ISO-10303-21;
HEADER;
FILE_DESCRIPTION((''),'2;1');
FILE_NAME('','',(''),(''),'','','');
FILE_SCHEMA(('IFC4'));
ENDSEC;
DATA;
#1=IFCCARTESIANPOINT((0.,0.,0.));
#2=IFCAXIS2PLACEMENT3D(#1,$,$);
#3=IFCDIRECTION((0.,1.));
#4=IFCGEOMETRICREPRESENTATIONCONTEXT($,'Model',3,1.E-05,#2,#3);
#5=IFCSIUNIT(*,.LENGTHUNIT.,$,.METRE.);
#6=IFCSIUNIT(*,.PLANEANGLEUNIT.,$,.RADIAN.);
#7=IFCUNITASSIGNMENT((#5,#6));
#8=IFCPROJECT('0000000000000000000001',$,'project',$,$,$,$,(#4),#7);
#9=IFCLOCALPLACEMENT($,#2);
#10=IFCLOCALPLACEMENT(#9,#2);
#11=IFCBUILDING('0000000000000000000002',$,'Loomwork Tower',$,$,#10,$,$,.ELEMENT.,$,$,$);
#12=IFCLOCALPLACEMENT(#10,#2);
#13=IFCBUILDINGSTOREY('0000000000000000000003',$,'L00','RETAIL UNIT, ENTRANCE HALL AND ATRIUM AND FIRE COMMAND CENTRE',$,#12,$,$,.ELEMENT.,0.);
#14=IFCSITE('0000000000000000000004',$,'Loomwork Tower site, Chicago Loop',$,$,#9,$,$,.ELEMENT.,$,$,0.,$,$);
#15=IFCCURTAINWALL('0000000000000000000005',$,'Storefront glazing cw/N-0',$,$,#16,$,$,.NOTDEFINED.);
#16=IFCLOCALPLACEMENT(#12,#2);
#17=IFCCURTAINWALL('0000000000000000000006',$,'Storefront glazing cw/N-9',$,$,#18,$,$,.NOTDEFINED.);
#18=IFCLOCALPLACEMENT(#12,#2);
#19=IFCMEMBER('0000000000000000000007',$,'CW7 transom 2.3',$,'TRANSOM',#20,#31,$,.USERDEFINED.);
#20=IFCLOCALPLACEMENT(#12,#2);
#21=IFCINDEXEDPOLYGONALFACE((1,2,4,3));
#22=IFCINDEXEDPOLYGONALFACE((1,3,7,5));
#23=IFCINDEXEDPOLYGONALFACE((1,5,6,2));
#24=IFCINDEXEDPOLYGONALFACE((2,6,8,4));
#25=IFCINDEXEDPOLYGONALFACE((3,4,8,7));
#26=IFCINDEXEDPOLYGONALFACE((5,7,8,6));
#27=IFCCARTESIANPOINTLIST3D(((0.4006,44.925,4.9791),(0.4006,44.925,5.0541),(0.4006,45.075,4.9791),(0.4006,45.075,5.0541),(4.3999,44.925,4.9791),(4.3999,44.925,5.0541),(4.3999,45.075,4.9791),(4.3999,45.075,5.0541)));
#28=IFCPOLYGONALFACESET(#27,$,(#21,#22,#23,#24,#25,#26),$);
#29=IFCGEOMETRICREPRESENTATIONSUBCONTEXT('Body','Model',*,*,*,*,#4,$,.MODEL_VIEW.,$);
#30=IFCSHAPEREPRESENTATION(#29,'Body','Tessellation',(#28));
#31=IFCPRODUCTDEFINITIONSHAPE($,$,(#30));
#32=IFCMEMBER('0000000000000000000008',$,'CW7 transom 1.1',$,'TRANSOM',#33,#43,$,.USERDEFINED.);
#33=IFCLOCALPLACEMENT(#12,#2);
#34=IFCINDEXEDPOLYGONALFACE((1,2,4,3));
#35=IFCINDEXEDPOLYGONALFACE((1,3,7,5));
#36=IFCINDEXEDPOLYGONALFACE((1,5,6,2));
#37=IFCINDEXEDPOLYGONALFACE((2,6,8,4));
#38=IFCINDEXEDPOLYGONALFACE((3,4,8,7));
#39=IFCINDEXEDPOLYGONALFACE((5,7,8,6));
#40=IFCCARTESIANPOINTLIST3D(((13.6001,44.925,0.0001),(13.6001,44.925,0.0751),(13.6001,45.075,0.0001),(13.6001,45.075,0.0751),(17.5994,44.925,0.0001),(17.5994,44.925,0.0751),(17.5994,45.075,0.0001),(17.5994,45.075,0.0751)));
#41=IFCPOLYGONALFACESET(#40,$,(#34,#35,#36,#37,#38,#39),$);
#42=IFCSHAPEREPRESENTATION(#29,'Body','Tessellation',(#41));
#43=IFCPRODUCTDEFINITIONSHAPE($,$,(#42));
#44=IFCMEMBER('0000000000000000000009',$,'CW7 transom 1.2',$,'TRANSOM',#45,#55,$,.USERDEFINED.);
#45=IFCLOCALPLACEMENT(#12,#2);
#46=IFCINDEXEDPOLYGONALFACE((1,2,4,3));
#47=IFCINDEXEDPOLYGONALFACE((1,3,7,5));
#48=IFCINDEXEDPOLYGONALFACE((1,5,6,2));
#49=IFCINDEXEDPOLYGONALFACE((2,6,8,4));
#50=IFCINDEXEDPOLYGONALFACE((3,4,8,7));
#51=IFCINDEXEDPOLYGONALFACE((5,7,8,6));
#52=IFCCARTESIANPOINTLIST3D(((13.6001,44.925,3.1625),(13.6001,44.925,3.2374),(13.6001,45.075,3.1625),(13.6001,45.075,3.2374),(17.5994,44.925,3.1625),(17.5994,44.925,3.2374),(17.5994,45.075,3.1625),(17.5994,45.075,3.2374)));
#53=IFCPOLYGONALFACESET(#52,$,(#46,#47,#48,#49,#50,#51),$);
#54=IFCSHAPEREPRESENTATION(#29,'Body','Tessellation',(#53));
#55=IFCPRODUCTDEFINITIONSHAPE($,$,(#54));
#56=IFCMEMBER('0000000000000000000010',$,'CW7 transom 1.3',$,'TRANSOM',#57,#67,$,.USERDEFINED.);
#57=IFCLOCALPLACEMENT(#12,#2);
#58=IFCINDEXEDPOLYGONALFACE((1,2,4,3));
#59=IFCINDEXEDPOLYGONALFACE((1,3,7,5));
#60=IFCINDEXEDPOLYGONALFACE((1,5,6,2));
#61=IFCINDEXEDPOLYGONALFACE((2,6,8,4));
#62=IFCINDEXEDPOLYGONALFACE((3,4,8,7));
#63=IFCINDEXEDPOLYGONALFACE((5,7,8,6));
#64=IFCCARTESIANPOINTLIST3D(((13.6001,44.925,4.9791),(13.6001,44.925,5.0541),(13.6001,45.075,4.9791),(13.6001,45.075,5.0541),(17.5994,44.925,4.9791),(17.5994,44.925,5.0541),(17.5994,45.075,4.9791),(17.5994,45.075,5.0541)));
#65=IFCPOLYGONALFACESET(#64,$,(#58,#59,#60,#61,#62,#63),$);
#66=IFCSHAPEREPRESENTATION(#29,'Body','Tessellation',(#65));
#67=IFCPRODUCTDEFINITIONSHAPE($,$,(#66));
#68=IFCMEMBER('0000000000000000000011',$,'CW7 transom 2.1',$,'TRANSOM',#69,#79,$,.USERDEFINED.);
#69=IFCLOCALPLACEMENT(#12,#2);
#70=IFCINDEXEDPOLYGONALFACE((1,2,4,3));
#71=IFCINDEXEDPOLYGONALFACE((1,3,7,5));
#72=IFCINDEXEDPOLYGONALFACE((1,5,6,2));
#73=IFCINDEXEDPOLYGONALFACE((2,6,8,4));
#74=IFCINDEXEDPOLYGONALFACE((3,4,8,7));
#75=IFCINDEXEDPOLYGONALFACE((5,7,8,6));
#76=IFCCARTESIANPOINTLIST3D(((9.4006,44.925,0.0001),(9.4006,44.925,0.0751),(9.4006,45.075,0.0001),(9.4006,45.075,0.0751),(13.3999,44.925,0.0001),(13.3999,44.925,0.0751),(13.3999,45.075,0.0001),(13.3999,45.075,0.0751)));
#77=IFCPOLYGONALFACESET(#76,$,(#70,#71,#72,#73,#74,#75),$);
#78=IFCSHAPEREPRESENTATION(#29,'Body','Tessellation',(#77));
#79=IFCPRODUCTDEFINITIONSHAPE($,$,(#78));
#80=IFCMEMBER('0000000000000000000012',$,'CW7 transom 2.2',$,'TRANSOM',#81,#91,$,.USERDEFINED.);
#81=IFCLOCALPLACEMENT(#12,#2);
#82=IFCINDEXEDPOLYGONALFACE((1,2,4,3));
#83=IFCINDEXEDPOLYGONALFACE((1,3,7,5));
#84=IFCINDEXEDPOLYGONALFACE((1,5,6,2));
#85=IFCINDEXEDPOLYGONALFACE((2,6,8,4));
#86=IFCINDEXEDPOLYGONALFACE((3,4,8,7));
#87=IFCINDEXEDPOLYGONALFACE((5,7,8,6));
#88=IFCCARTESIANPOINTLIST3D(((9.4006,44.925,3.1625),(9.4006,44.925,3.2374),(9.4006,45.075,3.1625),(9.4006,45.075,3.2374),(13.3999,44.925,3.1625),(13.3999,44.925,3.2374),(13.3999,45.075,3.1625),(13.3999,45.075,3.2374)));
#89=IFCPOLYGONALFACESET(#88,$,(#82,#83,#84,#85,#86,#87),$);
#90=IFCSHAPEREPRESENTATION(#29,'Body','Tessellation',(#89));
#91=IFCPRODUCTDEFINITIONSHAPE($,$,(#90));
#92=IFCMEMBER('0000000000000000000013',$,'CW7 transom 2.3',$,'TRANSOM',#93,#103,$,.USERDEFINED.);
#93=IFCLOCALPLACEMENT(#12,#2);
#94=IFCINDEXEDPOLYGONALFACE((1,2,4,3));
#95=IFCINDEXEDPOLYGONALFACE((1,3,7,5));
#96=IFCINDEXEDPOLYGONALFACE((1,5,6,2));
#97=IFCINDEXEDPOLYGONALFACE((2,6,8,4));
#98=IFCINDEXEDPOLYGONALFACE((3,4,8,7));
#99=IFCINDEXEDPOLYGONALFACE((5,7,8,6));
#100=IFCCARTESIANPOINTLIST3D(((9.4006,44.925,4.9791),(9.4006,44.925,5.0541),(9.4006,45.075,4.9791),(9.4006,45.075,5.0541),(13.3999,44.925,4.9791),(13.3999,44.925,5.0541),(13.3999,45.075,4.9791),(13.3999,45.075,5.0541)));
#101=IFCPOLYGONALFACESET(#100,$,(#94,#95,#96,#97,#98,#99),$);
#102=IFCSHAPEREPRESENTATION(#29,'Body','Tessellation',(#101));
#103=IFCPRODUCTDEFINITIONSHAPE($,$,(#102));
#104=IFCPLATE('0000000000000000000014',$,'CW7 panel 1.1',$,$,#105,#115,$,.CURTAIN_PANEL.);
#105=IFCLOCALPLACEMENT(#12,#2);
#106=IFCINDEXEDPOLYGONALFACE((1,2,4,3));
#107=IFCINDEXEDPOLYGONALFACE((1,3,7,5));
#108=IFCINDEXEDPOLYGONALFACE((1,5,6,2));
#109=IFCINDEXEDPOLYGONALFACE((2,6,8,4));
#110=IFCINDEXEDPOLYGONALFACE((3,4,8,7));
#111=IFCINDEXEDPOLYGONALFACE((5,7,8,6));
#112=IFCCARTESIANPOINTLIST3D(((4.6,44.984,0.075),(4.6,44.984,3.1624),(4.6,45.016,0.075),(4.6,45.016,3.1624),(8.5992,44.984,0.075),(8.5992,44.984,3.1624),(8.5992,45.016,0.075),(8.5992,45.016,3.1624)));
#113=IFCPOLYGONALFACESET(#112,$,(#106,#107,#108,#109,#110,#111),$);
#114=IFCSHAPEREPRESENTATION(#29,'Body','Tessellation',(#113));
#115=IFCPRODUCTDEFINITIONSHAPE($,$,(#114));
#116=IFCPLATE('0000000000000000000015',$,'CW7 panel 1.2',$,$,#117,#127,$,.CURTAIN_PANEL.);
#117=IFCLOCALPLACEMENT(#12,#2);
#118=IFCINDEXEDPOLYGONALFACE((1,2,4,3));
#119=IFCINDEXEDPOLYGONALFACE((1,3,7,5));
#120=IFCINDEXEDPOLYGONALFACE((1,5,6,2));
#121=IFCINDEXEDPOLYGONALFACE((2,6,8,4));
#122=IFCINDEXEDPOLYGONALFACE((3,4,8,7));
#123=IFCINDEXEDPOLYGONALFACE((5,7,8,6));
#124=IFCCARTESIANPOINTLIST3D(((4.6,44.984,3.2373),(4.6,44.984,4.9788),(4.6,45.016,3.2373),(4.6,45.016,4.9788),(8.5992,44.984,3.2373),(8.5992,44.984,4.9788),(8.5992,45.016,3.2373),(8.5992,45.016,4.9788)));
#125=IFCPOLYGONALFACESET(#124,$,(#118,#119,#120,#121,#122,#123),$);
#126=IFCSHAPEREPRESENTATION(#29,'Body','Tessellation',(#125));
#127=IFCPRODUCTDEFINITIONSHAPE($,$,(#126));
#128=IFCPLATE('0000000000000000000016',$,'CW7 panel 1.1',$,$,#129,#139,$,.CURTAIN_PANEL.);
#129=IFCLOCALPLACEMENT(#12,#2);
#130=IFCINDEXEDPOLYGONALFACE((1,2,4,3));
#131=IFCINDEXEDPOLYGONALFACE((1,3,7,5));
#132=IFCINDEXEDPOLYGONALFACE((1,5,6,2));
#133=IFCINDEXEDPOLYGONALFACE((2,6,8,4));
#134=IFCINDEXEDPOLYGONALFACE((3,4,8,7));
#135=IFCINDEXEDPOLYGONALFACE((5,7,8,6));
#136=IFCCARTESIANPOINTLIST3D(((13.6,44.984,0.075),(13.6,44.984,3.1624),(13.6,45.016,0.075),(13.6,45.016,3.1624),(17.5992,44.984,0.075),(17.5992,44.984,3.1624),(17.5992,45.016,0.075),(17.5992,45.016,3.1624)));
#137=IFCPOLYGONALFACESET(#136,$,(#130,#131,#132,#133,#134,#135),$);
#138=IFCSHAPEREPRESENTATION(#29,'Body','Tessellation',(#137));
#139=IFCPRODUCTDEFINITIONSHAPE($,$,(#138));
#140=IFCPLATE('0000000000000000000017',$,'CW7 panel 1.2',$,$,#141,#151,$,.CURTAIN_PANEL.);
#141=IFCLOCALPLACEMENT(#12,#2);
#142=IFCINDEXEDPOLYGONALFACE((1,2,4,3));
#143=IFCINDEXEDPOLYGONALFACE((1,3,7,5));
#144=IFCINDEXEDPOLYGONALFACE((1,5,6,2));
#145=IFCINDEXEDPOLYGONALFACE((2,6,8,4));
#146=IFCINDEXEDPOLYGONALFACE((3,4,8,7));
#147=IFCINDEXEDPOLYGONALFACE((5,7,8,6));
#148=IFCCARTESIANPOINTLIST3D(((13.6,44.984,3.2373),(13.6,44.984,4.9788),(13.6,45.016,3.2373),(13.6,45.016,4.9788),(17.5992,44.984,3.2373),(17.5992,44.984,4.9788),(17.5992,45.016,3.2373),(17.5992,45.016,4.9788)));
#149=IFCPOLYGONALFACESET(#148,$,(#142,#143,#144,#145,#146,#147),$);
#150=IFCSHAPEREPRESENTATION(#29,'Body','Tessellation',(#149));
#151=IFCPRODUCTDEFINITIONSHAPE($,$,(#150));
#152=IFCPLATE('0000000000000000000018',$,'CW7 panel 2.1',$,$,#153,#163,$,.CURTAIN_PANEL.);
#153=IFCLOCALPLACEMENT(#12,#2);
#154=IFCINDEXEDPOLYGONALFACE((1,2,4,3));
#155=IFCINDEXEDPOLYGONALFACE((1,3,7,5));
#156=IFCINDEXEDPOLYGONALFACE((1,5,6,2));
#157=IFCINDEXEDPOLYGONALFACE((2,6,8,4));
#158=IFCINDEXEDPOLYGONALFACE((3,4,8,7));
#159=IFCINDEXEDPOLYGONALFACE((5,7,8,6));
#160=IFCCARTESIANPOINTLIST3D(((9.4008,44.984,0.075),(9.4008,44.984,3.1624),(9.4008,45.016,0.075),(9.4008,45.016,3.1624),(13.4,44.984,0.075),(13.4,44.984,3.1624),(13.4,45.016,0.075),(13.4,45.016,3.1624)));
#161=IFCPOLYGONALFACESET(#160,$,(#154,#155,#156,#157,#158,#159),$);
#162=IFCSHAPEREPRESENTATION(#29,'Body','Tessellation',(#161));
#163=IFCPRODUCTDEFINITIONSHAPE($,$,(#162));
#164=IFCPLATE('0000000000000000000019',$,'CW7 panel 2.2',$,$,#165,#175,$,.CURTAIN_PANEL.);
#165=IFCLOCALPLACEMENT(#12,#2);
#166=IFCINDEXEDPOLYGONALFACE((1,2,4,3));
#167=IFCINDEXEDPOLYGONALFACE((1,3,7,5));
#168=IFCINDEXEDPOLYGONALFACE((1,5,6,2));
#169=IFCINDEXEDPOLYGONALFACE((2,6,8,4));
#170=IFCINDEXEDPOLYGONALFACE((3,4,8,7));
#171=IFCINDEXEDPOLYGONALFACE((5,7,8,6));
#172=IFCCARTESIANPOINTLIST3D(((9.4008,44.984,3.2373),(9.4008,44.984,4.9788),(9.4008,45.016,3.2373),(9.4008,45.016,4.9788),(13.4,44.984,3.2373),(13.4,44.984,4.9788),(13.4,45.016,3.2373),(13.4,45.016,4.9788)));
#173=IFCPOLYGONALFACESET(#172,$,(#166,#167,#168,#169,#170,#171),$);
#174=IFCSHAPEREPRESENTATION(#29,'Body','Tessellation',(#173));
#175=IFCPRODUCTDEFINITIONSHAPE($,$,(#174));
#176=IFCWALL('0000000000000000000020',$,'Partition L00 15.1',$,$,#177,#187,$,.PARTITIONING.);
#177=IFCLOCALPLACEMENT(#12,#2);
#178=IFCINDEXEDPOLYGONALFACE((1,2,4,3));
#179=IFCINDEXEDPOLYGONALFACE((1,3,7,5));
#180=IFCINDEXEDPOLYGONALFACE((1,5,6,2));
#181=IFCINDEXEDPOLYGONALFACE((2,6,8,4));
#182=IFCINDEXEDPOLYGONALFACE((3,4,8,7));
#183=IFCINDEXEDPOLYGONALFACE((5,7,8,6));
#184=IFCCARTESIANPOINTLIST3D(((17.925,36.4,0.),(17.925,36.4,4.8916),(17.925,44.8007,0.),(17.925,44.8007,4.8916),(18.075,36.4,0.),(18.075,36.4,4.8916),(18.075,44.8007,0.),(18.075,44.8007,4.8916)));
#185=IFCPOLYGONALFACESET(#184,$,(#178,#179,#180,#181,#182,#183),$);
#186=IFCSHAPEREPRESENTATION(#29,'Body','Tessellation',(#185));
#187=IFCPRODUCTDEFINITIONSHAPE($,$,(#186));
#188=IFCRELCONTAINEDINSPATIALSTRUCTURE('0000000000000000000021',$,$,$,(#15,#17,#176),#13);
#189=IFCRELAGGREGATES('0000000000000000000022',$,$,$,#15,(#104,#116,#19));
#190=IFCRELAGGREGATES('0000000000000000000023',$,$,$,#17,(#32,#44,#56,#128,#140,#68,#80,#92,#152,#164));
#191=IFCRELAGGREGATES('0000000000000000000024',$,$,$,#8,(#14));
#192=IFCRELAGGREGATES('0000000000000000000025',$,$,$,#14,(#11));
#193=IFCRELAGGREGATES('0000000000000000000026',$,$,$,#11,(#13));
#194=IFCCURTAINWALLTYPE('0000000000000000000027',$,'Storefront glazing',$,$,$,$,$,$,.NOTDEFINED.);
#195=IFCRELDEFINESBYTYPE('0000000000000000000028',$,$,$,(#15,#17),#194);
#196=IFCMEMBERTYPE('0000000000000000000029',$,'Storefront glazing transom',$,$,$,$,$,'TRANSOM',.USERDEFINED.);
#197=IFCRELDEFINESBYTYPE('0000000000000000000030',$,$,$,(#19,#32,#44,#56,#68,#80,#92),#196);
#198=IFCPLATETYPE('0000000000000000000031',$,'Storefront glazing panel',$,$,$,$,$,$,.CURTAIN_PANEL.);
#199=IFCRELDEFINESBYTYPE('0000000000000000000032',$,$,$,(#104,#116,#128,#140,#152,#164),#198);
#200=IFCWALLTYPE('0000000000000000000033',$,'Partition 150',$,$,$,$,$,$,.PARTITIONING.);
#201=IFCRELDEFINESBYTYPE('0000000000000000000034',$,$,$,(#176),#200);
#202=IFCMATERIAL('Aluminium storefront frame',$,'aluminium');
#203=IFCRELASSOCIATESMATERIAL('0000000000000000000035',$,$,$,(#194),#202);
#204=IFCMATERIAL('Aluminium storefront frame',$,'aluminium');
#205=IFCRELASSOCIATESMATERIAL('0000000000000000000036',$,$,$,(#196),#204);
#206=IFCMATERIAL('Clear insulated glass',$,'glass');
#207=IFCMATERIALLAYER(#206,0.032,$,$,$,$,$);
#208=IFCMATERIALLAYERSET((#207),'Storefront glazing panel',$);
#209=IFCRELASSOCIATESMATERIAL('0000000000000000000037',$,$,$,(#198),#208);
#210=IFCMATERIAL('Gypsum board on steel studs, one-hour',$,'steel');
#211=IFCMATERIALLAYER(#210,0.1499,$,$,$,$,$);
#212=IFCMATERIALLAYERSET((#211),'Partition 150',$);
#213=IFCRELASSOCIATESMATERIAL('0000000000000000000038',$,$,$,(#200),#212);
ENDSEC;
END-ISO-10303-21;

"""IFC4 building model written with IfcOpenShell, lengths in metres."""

from ifc_helpers import new_model, si_unit, direction, frame, frame_2d, origin, origin_2d, place, context, subcontext, project, spatial, rectangle, extrude, material, layer, layer_set, material_profile, profile_set, type_object, element, aggregate, save


model = new_model("IFC4")

# Units and contexts
model_context = context("Model", 3, precision=1e-05, world=origin(), true_north=direction((0.0, 1.0)))
body_context = subcontext(model_context, "Body", "Model", "MODEL_VIEW")
ifc_project = project(units=[si_unit("LENGTHUNIT", "METRE"), si_unit("PLANEANGLEUNIT", "RADIAN")], contexts=[model_context])

# Site, building, storey
site_placement = place(None, origin())
site = spatial("IfcSite", under=ifc_project, at=site_placement, Name="Loomwork Tower site, Chicago Loop", CompositionType="ELEMENT", RefElevation=0.0)
building_placement = place(site_placement, origin())
building = spatial("IfcBuilding", under=site, at=building_placement, Name="Loomwork Tower", CompositionType="ELEMENT")
storey_placement = place(building_placement, origin())
storey = spatial("IfcBuildingStorey", under=building, at=storey_placement, Name="L00", Description="RETAIL UNIT, ENTRANCE HALL AND ATRIUM AND FIRE COMMAND CENTRE", CompositionType="ELEMENT", Elevation=0.0)

# Curtain walls
ifc_material_1 = material(Name="Aluminium storefront frame", Category="aluminium")
curtain_wall_type = type_object("IfcCurtainWallType", Name="Storefront glazing", PredefinedType="NOTDEFINED", material=ifc_material_1)
curtain_wall_1_placement = place(storey_placement, origin())
curtain_wall_1 = element("IfcCurtainWall", 1, at=curtain_wall_1_placement, inside=storey, type_object=curtain_wall_type, Name="Storefront glazing cw/N-0", PredefinedType="NOTDEFINED")
curtain_wall_2_placement = place(storey_placement, origin())
curtain_wall_2 = element("IfcCurtainWall", 2, at=curtain_wall_2_placement, inside=storey, type_object=curtain_wall_type, Name="Storefront glazing cw/N-9", PredefinedType="NOTDEFINED")

# Members
ifc_material_2 = material(Name="Aluminium storefront frame", Category="aluminium")
ifc_material_profile_1 = material_profile(ifc_material_2, rectangle(XDim=0.1499, YDim=0.075, at=origin_2d()), Name="AL 75x150")
ifc_profile_set_1 = profile_set([ifc_material_profile_1], Name="Aluminium storefront frame")
member_type_1 = type_object("IfcMemberType", Name="Storefront glazing transom", ElementType="TRANSOM", PredefinedType="USERDEFINED", material=ifc_profile_set_1)
member_1_placement = place(storey_placement, frame((4.3999, 45.0, 5.0166), z_axis=(-1.0, 0.0, 0.0), x_axis=(0.0, -1.0, 0.0)))
member_1 = element("IfcMember", 3, at=member_1_placement, type_object=member_type_1, Name="CW7 transom 2.3", ObjectType="TRANSOM", PredefinedType="USERDEFINED", context=body_context, shape_type="SweptSolid", body=[
    extrude(rectangle(XDim=0.1499, YDim=0.075, at=origin_2d()), origin(), (0.0, 0.0, 1.0), 3.9993),
])
member_2_placement = place(storey_placement, frame((17.5994, 45.0, 0.0376), z_axis=(-1.0, 0.0, 0.0), x_axis=(0.0, -1.0, 0.0)))
member_2 = element("IfcMember", 4, at=member_2_placement, type_object=member_type_1, Name="CW7 transom 1.1", ObjectType="TRANSOM", PredefinedType="USERDEFINED", context=body_context, shape_type="SweptSolid", body=[
    extrude(rectangle(XDim=0.1499, YDim=0.075, at=origin_2d()), origin(), (0.0, 0.0, 1.0), 3.9993),
])
member_3_placement = place(storey_placement, frame((17.5994, 45.0, 3.2), z_axis=(-1.0, 0.0, 0.0), x_axis=(0.0, -1.0, 0.0)))
member_3 = element("IfcMember", 5, at=member_3_placement, type_object=member_type_1, Name="CW7 transom 1.2", ObjectType="TRANSOM", PredefinedType="USERDEFINED", context=body_context, shape_type="SweptSolid", body=[
    extrude(rectangle(XDim=0.1499, YDim=0.075, at=origin_2d()), origin(), (0.0, 0.0, 1.0), 3.9993),
])
member_4_placement = place(storey_placement, frame((17.5994, 45.0, 5.0166), z_axis=(-1.0, 0.0, 0.0), x_axis=(0.0, -1.0, 0.0)))
member_4 = element("IfcMember", 6, at=member_4_placement, type_object=member_type_1, Name="CW7 transom 1.3", ObjectType="TRANSOM", PredefinedType="USERDEFINED", context=body_context, shape_type="SweptSolid", body=[
    extrude(rectangle(XDim=0.1499, YDim=0.075, at=origin_2d()), origin(), (0.0, 0.0, 1.0), 3.9993),
])
member_5_placement = place(storey_placement, frame((13.3999, 45.0, 0.0376), z_axis=(-1.0, 0.0, 0.0), x_axis=(0.0, -1.0, 0.0)))
member_5 = element("IfcMember", 7, at=member_5_placement, type_object=member_type_1, Name="CW7 transom 2.1", ObjectType="TRANSOM", PredefinedType="USERDEFINED", context=body_context, shape_type="SweptSolid", body=[
    extrude(rectangle(XDim=0.1499, YDim=0.075, at=origin_2d()), origin(), (0.0, 0.0, 1.0), 3.9993),
])
member_6_placement = place(storey_placement, frame((13.3999, 45.0, 3.2), z_axis=(-1.0, 0.0, 0.0), x_axis=(0.0, -1.0, 0.0)))
member_6 = element("IfcMember", 8, at=member_6_placement, type_object=member_type_1, Name="CW7 transom 2.2", ObjectType="TRANSOM", PredefinedType="USERDEFINED", context=body_context, shape_type="SweptSolid", body=[
    extrude(rectangle(XDim=0.1499, YDim=0.075, at=origin_2d()), origin(), (0.0, 0.0, 1.0), 3.9993),
])
member_7_placement = place(storey_placement, frame((13.3999, 45.0, 5.0166), z_axis=(-1.0, 0.0, 0.0), x_axis=(0.0, -1.0, 0.0)))
member_7 = element("IfcMember", 9, at=member_7_placement, type_object=member_type_1, Name="CW7 transom 2.3", ObjectType="TRANSOM", PredefinedType="USERDEFINED", context=body_context, shape_type="SweptSolid", body=[
    extrude(rectangle(XDim=0.1499, YDim=0.075, at=origin_2d()), origin(), (0.0, 0.0, 1.0), 3.9993),
])

# Plates
ifc_material_3 = material(Name="Clear insulated glass", Category="glass")
ifc_layer_1 = layer(ifc_material_3, 0.032)
ifc_layer_set_1 = layer_set([ifc_layer_1], Name="Storefront glazing panel")
plate_type = type_object("IfcPlateType", Name="Storefront glazing panel", PredefinedType="CURTAIN_PANEL", material=ifc_layer_set_1)
plate_1_placement = place(storey_placement, frame((6.5996, 45.0, 0.075), z_axis=(0.0, 0.0, 1.0), x_axis=(-1.0, 0.0, 0.0)))
plate_1 = element("IfcPlate", 10, at=plate_1_placement, type_object=plate_type, Name="CW7 panel 1.1", PredefinedType="CURTAIN_PANEL", context=body_context, shape_type="SweptSolid", body=[
    extrude(rectangle(XDim=3.9993, YDim=0.032, at=origin_2d()), origin(), (0.0, 0.0, 1.0), 3.0874),
])
plate_2_placement = place(storey_placement, frame((6.5996, 45.0, 3.2373), z_axis=(0.0, 0.0, 1.0), x_axis=(-1.0, 0.0, 0.0)))
plate_2 = element("IfcPlate", 11, at=plate_2_placement, type_object=plate_type, Name="CW7 panel 1.2", PredefinedType="CURTAIN_PANEL", context=body_context, shape_type="SweptSolid", body=[
    extrude(rectangle(XDim=3.9993, YDim=0.032, at=origin_2d()), origin(), (0.0, 0.0, 1.0), 1.7415),
])
aggregate(curtain_wall_1, [plate_1, plate_2, member_1])
plate_3_placement = place(storey_placement, frame((15.5996, 45.0, 0.075), z_axis=(0.0, 0.0, 1.0), x_axis=(-1.0, 0.0, 0.0)))
plate_3 = element("IfcPlate", 12, at=plate_3_placement, type_object=plate_type, Name="CW7 panel 1.1", PredefinedType="CURTAIN_PANEL", context=body_context, shape_type="SweptSolid", body=[
    extrude(rectangle(XDim=3.9993, YDim=0.032, at=origin_2d()), origin(), (0.0, 0.0, 1.0), 3.0874),
])
plate_4_placement = place(storey_placement, frame((15.5996, 45.0, 3.2373), z_axis=(0.0, 0.0, 1.0), x_axis=(-1.0, 0.0, 0.0)))
plate_4 = element("IfcPlate", 13, at=plate_4_placement, type_object=plate_type, Name="CW7 panel 1.2", PredefinedType="CURTAIN_PANEL", context=body_context, shape_type="SweptSolid", body=[
    extrude(rectangle(XDim=3.9993, YDim=0.032, at=origin_2d()), origin(), (0.0, 0.0, 1.0), 1.7415),
])
plate_5_placement = place(storey_placement, frame((11.4004, 45.0, 0.075), z_axis=(0.0, 0.0, 1.0), x_axis=(-1.0, 0.0, 0.0)))
plate_5 = element("IfcPlate", 14, at=plate_5_placement, type_object=plate_type, Name="CW7 panel 2.1", PredefinedType="CURTAIN_PANEL", context=body_context, shape_type="SweptSolid", body=[
    extrude(rectangle(XDim=3.9993, YDim=0.032, at=origin_2d()), origin(), (0.0, 0.0, 1.0), 3.0874),
])
plate_6_placement = place(storey_placement, frame((11.4004, 45.0, 3.2373), z_axis=(0.0, 0.0, 1.0), x_axis=(-1.0, 0.0, 0.0)))
plate_6 = element("IfcPlate", 15, at=plate_6_placement, type_object=plate_type, Name="CW7 panel 2.2", PredefinedType="CURTAIN_PANEL", context=body_context, shape_type="SweptSolid", body=[
    extrude(rectangle(XDim=3.9993, YDim=0.032, at=origin_2d()), origin(), (0.0, 0.0, 1.0), 1.7415),
])
aggregate(curtain_wall_2, [member_2, member_3, member_4, plate_3, plate_4, member_5, member_6, member_7, plate_5, plate_6])

# Wall
ifc_material_4 = material(Name="Gypsum board on steel studs, one-hour", Category="steel")
ifc_layer_2 = layer(ifc_material_4, 0.1499)
ifc_layer_set_2 = layer_set([ifc_layer_2], Name="Partition 150")
wall_type = type_object("IfcWallType", Name="Partition 150", PredefinedType="PARTITIONING", material=ifc_layer_set_2)
wall_placement = place(storey_placement, frame((18.0, 44.8005, 0.0), z_axis=(0.0, 0.0, 1.0), x_axis=(0.0, -1.0, 0.0)))
element("IfcWall", 16, at=wall_placement, inside=storey, type_object=wall_type, Name="Partition L00 15.1", PredefinedType="PARTITIONING", context=body_context, shape_type="SweptSolid", body=[
    extrude(rectangle(XDim=8.4006, YDim=0.1499, at=frame_2d((4.2002, 0.0))), origin(), (0.0, 0.0, 1.0), 4.8916),
])

save(model, "model.ifc")
